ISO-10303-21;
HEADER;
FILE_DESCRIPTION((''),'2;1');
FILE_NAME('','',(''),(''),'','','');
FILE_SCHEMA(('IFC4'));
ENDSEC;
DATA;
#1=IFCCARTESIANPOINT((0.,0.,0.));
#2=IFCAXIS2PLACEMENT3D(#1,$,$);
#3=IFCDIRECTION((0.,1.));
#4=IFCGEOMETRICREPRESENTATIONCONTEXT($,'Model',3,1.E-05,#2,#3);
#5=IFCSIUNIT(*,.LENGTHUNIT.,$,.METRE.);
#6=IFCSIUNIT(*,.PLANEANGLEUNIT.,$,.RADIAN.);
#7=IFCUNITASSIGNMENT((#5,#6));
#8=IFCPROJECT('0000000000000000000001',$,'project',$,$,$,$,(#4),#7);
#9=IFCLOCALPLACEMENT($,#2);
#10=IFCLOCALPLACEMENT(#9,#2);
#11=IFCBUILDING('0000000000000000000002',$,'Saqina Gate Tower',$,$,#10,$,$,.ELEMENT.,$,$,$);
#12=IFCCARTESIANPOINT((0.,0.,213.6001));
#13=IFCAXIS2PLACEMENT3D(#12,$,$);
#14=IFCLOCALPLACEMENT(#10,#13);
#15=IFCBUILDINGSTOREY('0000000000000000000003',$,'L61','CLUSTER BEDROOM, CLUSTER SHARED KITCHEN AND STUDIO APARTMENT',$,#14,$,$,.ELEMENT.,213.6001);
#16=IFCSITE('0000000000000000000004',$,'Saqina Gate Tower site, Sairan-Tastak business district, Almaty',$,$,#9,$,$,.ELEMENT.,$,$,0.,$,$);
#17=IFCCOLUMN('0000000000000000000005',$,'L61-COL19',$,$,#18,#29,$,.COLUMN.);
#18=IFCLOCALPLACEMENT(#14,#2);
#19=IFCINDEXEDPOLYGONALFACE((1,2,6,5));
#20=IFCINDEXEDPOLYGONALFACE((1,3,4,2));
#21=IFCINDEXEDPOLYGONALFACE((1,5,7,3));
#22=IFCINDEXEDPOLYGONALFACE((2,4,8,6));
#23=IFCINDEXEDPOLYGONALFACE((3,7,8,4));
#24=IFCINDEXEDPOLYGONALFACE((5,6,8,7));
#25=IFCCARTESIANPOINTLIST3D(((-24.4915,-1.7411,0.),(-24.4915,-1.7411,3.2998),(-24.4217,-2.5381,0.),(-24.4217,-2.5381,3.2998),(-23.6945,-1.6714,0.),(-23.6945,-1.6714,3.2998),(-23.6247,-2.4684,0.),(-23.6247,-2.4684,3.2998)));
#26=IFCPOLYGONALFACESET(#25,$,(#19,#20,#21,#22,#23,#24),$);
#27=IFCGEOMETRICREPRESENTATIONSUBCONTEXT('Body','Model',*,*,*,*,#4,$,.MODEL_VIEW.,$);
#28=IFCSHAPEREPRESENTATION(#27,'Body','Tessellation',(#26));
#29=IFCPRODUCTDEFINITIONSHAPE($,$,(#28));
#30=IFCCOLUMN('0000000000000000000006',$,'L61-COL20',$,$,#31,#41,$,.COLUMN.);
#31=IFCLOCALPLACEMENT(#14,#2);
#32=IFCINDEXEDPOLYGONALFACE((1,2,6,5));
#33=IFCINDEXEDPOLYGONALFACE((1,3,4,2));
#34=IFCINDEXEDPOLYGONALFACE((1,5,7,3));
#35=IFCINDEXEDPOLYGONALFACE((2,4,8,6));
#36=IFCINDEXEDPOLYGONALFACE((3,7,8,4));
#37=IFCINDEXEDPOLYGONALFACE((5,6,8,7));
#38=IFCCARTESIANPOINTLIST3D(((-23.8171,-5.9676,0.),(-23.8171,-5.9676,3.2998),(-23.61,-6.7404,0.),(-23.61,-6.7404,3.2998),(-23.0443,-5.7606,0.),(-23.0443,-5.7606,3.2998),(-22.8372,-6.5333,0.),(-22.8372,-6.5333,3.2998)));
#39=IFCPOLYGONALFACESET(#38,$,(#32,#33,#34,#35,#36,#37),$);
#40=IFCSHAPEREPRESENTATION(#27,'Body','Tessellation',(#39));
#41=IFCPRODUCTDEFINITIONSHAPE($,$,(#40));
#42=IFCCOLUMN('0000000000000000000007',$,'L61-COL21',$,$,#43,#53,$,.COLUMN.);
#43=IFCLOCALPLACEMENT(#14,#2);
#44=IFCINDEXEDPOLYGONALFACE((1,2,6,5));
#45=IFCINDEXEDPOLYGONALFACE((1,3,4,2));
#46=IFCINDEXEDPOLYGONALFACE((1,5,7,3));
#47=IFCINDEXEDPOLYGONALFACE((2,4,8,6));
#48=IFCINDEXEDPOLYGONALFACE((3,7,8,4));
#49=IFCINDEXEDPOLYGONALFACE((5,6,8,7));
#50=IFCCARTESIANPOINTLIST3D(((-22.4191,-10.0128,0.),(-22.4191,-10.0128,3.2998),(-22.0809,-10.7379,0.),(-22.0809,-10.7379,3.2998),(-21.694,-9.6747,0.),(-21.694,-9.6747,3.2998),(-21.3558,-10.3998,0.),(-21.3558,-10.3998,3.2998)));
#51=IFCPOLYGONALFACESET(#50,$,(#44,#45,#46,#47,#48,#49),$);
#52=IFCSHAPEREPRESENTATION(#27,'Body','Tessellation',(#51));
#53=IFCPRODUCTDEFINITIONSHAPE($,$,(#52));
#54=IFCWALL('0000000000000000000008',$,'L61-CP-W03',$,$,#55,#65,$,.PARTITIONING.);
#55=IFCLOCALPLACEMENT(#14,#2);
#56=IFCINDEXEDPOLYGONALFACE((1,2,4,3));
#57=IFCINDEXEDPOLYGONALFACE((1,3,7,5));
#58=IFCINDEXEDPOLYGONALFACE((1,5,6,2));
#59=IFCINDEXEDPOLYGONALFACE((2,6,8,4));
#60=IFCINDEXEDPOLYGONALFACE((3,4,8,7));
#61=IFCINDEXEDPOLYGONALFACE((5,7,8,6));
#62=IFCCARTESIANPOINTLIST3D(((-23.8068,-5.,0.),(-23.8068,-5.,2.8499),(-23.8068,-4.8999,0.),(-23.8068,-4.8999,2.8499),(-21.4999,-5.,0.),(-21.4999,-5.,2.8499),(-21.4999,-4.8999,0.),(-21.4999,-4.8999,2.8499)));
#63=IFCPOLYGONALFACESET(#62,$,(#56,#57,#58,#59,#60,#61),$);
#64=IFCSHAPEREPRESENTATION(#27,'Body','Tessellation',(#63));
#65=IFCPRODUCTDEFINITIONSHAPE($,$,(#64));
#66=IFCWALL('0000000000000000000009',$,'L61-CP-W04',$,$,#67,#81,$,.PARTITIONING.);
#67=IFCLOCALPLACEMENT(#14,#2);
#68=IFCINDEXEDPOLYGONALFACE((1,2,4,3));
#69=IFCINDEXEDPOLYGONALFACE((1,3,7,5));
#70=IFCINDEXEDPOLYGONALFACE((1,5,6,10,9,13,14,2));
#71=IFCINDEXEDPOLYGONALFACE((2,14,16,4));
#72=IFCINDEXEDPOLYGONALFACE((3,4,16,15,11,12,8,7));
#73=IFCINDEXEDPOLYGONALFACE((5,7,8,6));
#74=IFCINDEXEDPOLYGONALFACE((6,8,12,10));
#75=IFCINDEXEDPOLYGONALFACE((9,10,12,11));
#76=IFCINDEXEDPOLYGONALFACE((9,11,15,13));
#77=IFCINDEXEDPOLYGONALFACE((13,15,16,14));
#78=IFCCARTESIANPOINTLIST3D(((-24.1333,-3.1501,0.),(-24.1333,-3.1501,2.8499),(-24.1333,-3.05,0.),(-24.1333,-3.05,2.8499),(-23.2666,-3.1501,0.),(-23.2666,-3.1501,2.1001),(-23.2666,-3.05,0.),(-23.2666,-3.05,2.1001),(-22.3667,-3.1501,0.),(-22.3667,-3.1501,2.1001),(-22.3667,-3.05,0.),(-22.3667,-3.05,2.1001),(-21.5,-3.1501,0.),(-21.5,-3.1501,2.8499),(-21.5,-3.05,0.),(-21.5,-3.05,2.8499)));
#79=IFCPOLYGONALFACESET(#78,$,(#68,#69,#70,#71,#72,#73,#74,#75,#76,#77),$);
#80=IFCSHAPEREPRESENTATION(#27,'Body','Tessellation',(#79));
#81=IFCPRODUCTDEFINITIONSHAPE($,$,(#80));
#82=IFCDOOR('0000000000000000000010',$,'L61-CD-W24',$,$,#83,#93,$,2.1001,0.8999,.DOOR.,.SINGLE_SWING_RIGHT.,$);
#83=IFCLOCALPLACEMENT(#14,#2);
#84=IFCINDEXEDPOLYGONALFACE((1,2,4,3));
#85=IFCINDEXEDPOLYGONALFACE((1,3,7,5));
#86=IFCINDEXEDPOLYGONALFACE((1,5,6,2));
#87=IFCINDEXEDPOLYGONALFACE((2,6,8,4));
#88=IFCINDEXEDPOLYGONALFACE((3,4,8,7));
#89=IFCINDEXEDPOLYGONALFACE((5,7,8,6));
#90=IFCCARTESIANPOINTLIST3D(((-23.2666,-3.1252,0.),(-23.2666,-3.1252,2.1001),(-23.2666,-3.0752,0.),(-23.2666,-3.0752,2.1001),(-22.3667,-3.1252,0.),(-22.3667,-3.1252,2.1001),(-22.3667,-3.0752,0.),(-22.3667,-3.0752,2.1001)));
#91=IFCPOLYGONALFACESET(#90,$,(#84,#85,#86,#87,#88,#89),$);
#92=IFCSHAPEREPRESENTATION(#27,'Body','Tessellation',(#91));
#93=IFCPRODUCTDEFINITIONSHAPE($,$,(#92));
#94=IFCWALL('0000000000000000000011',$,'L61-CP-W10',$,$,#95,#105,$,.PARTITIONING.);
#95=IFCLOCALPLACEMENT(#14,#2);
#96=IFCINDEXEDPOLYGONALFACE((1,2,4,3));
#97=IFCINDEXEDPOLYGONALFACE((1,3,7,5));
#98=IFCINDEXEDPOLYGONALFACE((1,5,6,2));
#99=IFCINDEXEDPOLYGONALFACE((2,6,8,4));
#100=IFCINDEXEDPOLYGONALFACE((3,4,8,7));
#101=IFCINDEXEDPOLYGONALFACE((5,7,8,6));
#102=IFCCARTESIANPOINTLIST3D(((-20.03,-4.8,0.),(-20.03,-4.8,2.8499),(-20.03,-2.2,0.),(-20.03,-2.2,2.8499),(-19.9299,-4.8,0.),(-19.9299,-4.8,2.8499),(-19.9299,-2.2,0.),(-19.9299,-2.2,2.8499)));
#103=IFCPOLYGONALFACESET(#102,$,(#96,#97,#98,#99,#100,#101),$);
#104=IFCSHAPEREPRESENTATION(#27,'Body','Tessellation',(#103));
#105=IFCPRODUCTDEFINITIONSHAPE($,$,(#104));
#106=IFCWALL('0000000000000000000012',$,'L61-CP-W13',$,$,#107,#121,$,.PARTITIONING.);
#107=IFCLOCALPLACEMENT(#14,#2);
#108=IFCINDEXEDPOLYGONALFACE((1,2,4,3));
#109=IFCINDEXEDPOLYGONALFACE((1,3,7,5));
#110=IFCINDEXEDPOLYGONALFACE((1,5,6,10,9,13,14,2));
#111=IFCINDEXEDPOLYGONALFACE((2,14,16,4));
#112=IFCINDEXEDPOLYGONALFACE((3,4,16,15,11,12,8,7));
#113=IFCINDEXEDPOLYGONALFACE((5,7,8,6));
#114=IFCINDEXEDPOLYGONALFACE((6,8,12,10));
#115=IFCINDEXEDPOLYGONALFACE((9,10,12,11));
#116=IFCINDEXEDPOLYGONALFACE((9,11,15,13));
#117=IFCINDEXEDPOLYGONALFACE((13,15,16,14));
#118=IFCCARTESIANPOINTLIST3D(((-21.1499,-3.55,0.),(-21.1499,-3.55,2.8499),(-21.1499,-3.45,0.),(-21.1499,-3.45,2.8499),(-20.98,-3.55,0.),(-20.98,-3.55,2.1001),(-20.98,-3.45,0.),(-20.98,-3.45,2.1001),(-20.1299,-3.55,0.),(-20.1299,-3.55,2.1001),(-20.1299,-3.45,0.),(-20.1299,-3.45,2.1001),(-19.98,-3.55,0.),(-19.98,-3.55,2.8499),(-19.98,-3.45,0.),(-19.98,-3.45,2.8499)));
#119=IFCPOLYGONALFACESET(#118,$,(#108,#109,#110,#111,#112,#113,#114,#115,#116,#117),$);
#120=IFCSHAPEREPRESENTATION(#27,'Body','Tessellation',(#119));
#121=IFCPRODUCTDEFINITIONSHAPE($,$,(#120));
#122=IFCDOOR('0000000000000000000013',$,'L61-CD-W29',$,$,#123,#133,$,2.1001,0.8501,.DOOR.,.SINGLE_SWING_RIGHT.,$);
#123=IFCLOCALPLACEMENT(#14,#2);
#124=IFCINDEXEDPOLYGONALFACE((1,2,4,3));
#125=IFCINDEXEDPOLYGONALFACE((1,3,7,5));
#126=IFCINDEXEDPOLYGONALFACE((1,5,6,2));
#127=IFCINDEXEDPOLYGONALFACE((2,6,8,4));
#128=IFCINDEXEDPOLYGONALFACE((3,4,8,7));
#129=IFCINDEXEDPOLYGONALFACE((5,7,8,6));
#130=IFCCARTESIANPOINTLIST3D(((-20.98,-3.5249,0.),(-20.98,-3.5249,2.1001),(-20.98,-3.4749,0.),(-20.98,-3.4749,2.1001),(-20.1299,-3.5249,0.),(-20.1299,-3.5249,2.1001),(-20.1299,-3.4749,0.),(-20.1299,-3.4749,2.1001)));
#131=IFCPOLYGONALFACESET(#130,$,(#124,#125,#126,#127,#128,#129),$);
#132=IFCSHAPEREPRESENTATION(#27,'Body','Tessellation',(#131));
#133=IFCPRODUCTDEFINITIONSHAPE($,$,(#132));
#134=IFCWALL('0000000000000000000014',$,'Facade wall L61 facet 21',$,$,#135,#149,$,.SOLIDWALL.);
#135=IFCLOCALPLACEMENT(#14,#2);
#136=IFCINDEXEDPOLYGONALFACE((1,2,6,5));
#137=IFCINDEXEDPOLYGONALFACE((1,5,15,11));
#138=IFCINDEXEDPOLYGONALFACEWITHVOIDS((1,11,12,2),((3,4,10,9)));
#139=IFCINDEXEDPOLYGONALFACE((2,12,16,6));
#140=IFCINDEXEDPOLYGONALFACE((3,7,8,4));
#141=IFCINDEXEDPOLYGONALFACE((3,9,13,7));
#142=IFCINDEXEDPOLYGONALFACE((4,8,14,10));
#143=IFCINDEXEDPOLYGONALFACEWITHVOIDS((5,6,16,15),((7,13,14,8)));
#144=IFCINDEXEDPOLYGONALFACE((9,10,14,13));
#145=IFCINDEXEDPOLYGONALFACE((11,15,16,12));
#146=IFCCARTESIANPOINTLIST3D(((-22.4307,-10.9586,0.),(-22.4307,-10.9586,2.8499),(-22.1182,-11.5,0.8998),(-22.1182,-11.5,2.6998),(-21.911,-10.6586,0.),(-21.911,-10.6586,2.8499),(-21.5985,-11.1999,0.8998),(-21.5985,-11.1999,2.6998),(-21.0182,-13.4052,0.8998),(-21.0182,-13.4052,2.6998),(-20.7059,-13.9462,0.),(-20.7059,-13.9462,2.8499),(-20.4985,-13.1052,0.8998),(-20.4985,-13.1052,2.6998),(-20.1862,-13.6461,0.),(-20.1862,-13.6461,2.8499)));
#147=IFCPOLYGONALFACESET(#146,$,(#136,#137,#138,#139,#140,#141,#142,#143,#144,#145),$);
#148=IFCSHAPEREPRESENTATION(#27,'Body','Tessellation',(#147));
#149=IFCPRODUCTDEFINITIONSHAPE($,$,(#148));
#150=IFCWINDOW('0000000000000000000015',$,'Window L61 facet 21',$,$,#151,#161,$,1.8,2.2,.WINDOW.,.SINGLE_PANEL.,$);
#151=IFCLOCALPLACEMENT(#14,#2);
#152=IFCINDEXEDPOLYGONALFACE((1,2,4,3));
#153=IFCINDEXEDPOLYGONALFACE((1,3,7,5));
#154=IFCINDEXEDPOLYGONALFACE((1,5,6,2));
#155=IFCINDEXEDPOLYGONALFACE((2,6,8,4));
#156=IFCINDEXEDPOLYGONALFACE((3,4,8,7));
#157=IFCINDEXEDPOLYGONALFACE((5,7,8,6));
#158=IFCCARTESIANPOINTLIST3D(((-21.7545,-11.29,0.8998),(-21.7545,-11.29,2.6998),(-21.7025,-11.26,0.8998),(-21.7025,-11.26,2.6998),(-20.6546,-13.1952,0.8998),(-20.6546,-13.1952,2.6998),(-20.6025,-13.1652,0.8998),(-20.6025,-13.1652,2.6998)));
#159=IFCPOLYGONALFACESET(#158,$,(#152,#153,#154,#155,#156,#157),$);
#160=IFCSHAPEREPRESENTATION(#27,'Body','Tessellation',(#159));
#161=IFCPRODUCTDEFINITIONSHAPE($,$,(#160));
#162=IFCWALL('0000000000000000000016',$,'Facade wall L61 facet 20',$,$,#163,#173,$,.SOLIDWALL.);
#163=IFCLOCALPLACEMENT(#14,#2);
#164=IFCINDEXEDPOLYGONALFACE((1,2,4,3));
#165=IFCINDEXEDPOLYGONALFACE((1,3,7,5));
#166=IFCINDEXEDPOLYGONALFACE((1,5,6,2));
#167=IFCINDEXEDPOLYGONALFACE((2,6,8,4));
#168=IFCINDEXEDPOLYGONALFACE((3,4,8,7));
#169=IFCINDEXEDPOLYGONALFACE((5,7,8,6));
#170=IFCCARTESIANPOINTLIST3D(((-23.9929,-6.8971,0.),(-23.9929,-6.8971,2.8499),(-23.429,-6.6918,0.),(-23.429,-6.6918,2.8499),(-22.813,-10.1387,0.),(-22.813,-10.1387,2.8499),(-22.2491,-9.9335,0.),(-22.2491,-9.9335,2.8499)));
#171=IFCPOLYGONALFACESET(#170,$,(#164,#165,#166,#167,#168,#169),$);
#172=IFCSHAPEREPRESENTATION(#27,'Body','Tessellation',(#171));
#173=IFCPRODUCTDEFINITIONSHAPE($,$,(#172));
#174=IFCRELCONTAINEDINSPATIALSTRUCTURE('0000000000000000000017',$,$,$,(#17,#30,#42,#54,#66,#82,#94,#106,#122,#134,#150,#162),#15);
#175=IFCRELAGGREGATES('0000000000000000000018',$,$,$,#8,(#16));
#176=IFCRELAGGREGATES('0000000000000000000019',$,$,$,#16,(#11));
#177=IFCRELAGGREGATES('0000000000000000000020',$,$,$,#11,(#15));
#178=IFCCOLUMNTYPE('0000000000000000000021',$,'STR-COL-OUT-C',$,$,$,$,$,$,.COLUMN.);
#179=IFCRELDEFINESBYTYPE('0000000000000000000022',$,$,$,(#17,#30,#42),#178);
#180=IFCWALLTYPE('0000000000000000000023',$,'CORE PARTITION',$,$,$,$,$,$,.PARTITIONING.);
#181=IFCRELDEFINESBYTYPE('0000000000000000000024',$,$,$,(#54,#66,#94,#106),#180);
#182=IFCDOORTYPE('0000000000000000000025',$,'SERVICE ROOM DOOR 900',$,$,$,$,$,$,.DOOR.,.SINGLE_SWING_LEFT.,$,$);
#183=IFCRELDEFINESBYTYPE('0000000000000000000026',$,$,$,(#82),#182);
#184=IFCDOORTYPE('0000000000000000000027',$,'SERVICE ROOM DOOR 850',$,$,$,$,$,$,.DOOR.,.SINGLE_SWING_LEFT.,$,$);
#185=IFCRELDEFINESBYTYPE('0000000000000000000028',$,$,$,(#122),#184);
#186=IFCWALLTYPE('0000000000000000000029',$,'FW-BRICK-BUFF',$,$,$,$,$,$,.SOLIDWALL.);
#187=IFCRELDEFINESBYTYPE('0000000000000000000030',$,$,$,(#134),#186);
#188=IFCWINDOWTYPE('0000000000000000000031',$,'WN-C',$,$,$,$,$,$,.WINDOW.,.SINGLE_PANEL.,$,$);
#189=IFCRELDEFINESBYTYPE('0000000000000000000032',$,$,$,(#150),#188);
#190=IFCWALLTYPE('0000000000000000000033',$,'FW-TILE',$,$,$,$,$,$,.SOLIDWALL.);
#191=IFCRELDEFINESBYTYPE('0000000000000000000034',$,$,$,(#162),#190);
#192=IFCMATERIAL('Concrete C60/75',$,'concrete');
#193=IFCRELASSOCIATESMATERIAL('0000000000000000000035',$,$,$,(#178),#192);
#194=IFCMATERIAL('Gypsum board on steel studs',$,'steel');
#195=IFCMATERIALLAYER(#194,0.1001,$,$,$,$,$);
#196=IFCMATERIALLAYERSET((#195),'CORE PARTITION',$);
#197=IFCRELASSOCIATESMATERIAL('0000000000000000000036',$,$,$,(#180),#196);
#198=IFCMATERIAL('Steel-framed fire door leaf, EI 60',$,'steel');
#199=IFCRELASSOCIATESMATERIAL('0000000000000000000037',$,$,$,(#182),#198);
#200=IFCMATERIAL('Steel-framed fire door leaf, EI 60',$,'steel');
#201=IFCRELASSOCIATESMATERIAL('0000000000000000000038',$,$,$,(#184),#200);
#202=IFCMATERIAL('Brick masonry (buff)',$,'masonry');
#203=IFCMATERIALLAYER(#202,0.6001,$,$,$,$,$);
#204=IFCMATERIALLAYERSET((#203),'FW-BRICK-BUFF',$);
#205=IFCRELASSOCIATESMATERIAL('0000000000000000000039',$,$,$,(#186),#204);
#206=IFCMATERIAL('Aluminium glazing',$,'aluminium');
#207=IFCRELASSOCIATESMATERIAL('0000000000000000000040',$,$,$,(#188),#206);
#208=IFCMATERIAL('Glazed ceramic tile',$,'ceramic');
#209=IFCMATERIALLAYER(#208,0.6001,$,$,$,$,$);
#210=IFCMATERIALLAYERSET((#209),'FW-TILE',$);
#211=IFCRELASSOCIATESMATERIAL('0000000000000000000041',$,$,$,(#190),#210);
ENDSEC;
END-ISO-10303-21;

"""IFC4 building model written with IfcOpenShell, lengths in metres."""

from ifc_helpers import new_model, si_unit, direction, frame, frame_2d, origin, origin_2d, place, context, subcontext, project, spatial, rectangle, extrude, material, layer, layer_set, material_profile, profile_set, type_object, element, fill, save


model = new_model("IFC4")

# Units and contexts
model_context = context("Model", 3, precision=1e-05, world=origin(), true_north=direction((0.0, 1.0)))
body_context = subcontext(model_context, "Body", "Model", "MODEL_VIEW")
ifc_project = project(units=[si_unit("LENGTHUNIT", "METRE"), si_unit("PLANEANGLEUNIT", "RADIAN")], contexts=[model_context])

# Site, building, storey
site_placement = place(None, origin())
site = spatial("IfcSite", under=ifc_project, at=site_placement, Name="Saqina Gate Tower site, Sairan-Tastak business district, Almaty", CompositionType="ELEMENT", RefElevation=0.0)
building_placement = place(site_placement, origin())
building = spatial("IfcBuilding", under=site, at=building_placement, Name="Saqina Gate Tower", CompositionType="ELEMENT")
storey_placement = place(building_placement, frame((0.0, 0.0, 213.6001)))
storey = spatial("IfcBuildingStorey", under=building, at=storey_placement, Name="L61", Description="CLUSTER BEDROOM, CLUSTER SHARED KITCHEN AND STUDIO APARTMENT", CompositionType="ELEMENT", Elevation=213.6001)

# Columns
ifc_material_1 = material(Name="Concrete C60/75", Category="concrete")
ifc_material_profile = material_profile(ifc_material_1, rectangle(XDim=0.8, YDim=0.8, at=origin_2d()), Name="RC 800x800")
ifc_profile_set = profile_set([ifc_material_profile], Name="Concrete C60/75")
column_type = type_object("IfcColumnType", Name="STR-COL-OUT-C", PredefinedType="COLUMN", material=ifc_profile_set)
for number, where, z_axis, x_axis, name in (
    (1, (-24.0581, -2.1047, 0.0), (0.0, 0.0, 1.0), (-0.996195, -0.087156, 0.0), "L61-COL19"),
    (2, (-23.3271, -6.2505, 0.0), (0.0, 0.0, 1.0), (-0.965926, -0.258819, 0.0), "L61-COL20"),
    (3, (-21.8875, -10.2063, 0.0), (0.0, 0.0, 1.0), (-0.906308, -0.422618, 0.0), "L61-COL21"),
):
    element("IfcColumn", number, at=place(storey_placement, frame(where, z_axis=z_axis, x_axis=x_axis)), inside=storey, type_object=column_type, Name=name, PredefinedType="COLUMN", context=body_context, shape_type="SweptSolid", body=[
        extrude(rectangle(XDim=0.8, YDim=0.8, at=origin_2d()), origin(), (0.0, 0.0, 1.0), 3.2998),
    ])

# Wall
ifc_material_2 = material(Name="Gypsum board on steel studs", Category="steel")
ifc_layer_1 = layer(ifc_material_2, 0.1001)
ifc_layer_set_1 = layer_set([ifc_layer_1], Name="CORE PARTITION")
wall_type_1 = type_object("IfcWallType", Name="CORE PARTITION", PredefinedType="PARTITIONING", material=ifc_layer_set_1)
wall_1_placement = place(storey_placement, frame((-21.5, -4.95, 0.0), z_axis=(0.0, 0.0, 1.0), x_axis=(-1.0, 0.0, 0.0)))
element("IfcWall", 4, at=wall_1_placement, inside=storey, type_object=wall_type_1, Name="L61-CP-W03", PredefinedType="PARTITIONING", context=body_context, shape_type="SweptSolid", body=[
    extrude(rectangle(XDim=2.3069, YDim=0.1001, at=frame_2d((1.1533, 0.0))), origin(), (0.0, 0.0, 1.0), 2.8499),
])

# Wall, opening, door
wall_2_placement = place(storey_placement, frame((-21.5, -3.1001, 0.0), z_axis=(0.0, 0.0, 1.0), x_axis=(-1.0, 0.0, 0.0)))
wall_2 = element("IfcWall", 5, at=wall_2_placement, inside=storey, type_object=wall_type_1, Name="L61-CP-W04", PredefinedType="PARTITIONING", context=body_context, shape_type="SweptSolid", body=[
    extrude(rectangle(XDim=2.6333, YDim=0.1001, at=frame_2d((1.3167, 0.0))), origin(), (0.0, 0.0, 1.0), 2.8499),
])
opening_1_placement = place(wall_2_placement, frame((0.8667, 0.0, 0.0)))
opening_1 = element("IfcOpeningElement", 6, at=opening_1_placement, cuts=wall_2, PredefinedType="OPENING", context=body_context, shape_type="SweptSolid", body=[
    extrude(rectangle(XDim=0.8999, YDim=2.1001, at=frame_2d((0.45, 1.05))), frame((0.0, 0.062, 0.0), z_axis=(0.0, -1.0, 0.0), x_axis=(1.0, 0.0, 0.0)), (0.0, 0.0, 1.0), 0.124),
])
ifc_material_3 = material(Name="Steel-framed fire door leaf, EI 60", Category="steel")
door_type_1 = type_object("IfcDoorType", Name="SERVICE ROOM DOOR 900", OperationType="SINGLE_SWING_LEFT", PredefinedType="DOOR", material=ifc_material_3)
door_1_placement = place(opening_1_placement, frame((0.8999, 0.0, 0.0), z_axis=(0.0, 0.0, 1.0), x_axis=(-1.0, 0.0, 0.0)))
door_1 = element("IfcDoor", 7, at=door_1_placement, inside=storey, type_object=door_type_1, Name="L61-CD-W24", OperationType="SINGLE_SWING_RIGHT", OverallHeight=2.1001, OverallWidth=0.8999, PredefinedType="DOOR", context=body_context, shape_type="SweptSolid", body=[
    extrude(rectangle(XDim=0.8999, YDim=2.1001, at=frame_2d((0.45, 1.05))), frame((0.0, 0.0249, 0.0), z_axis=(0.0, -1.0, 0.0), x_axis=(1.0, 0.0, 0.0)), (0.0, 0.0, 1.0), 0.05),
])
fill(opening_1, door_1)

# Wall
wall_3_placement = place(storey_placement, frame((-19.98, -4.8, 0.0), z_axis=(0.0, 0.0, 1.0), x_axis=(0.0, 1.0, 0.0)))
element("IfcWall", 8, at=wall_3_placement, inside=storey, type_object=wall_type_1, Name="L61-CP-W10", PredefinedType="PARTITIONING", context=body_context, shape_type="SweptSolid", body=[
    extrude(rectangle(XDim=2.6001, YDim=0.1001, at=frame_2d((1.3, 0.0))), origin(), (0.0, 0.0, 1.0), 2.8499),
])

# Wall, opening, door
wall_4_placement = place(storey_placement, frame((-19.98, -3.5, 0.0), z_axis=(0.0, 0.0, 1.0), x_axis=(-1.0, 0.0, 0.0)))
wall_4 = element("IfcWall", 9, at=wall_4_placement, inside=storey, type_object=wall_type_1, Name="L61-CP-W13", PredefinedType="PARTITIONING", context=body_context, shape_type="SweptSolid", body=[
    extrude(rectangle(XDim=1.1699, YDim=0.1001, at=frame_2d((0.585, 0.0))), origin(), (0.0, 0.0, 1.0), 2.8499),
])
opening_2_placement = place(wall_4_placement, frame((0.1499, 0.0, 0.0)))
opening_2 = element("IfcOpeningElement", 10, at=opening_2_placement, cuts=wall_4, PredefinedType="OPENING", context=body_context, shape_type="SweptSolid", body=[
    extrude(rectangle(XDim=0.8501, YDim=2.1001, at=frame_2d((0.425, 1.05))), frame((0.0, 0.062, 0.0), z_axis=(0.0, -1.0, 0.0), x_axis=(1.0, 0.0, 0.0)), (0.0, 0.0, 1.0), 0.124),
])
ifc_material_4 = material(Name="Steel-framed fire door leaf, EI 60", Category="steel")
door_type_2 = type_object("IfcDoorType", Name="SERVICE ROOM DOOR 850", OperationType="SINGLE_SWING_LEFT", PredefinedType="DOOR", material=ifc_material_4)
door_2_placement = place(opening_2_placement, origin())
door_2 = element("IfcDoor", 11, at=door_2_placement, inside=storey, type_object=door_type_2, Name="L61-CD-W29", OperationType="SINGLE_SWING_RIGHT", OverallHeight=2.1001, OverallWidth=0.8501, PredefinedType="DOOR", context=body_context, shape_type="SweptSolid", body=[
    extrude(rectangle(XDim=0.8501, YDim=2.1001, at=frame_2d((0.425, 1.05))), frame((0.0, 0.0249, 0.0), z_axis=(0.0, -1.0, 0.0), x_axis=(1.0, 0.0, 0.0)), (0.0, 0.0, 1.0), 0.05),
])
fill(opening_2, door_2)

# Wall, opening, window
ifc_material_5 = material(Name="Brick masonry (buff)", Category="masonry")
ifc_layer_2 = layer(ifc_material_5, 0.6001)
ifc_layer_set_2 = layer_set([ifc_layer_2], Name="FW-BRICK-BUFF")
wall_type_2 = type_object("IfcWallType", Name="FW-BRICK-BUFF", PredefinedType="SOLIDWALL", material=ifc_layer_set_2)
wall_5_placement = place(storey_placement, frame((-22.1709, -10.8086, 0.0), z_axis=(0.0, 0.0, 1.0), x_axis=(0.499998, -0.866026, 0.0)))
wall_5 = element("IfcWall", 12, at=wall_5_placement, inside=storey, type_object=wall_type_2, Name="Facade wall L61 facet 21", PredefinedType="SOLIDWALL", context=body_context, shape_type="SweptSolid", body=[
    extrude(rectangle(XDim=3.4497, YDim=0.6001, at=frame_2d((1.7249, 0.0))), origin(), (0.0, 0.0, 1.0), 2.8499),
])
opening_3_placement = place(wall_5_placement, frame((0.625, 0.0, 0.8999)))
opening_3 = element("IfcOpeningElement", 13, at=opening_3_placement, cuts=wall_5, PredefinedType="OPENING", context=body_context, shape_type="SweptSolid", body=[
    extrude(rectangle(XDim=2.2, YDim=1.8, at=frame_2d((1.1001, 0.8999))), frame((0.0, 0.312, 0.0), z_axis=(0.0, -1.0, 0.0), x_axis=(1.0, 0.0, 0.0)), (0.0, 0.0, 1.0), 0.624),
])
ifc_material_6 = material(Name="Aluminium glazing", Category="aluminium")
window_type = type_object("IfcWindowType", Name="WN-C", PartitioningType="SINGLE_PANEL", PredefinedType="WINDOW", material=ifc_material_6)
window_placement = place(opening_3_placement, origin())
window = element("IfcWindow", 14, at=window_placement, inside=storey, type_object=window_type, Name="Window L61 facet 21", OverallHeight=1.8, OverallWidth=2.2, PartitioningType="SINGLE_PANEL", PredefinedType="WINDOW", context=body_context, shape_type="SweptSolid", body=[
    extrude(rectangle(XDim=2.2, YDim=1.8, at=frame_2d((1.1001, 0.8999))), frame((0.0, 0.1799, 0.0), z_axis=(0.0, -1.0, 0.0), x_axis=(1.0, 0.0, 0.0)), (0.0, 0.0, 1.0), 0.0601),
])
fill(opening_3, window)

# Wall
ifc_material_7 = material(Name="Glazed ceramic tile", Category="ceramic")
ifc_layer_3 = layer(ifc_material_7, 0.6001)
ifc_layer_set_3 = layer_set([ifc_layer_3], Name="FW-TILE")
wall_type_3 = type_object("IfcWallType", Name="FW-TILE", PredefinedType="SOLIDWALL", material=ifc_layer_set_3)
wall_6_placement = place(storey_placement, frame((-23.7109, -6.7944, 0.0), z_axis=(0.0, 0.0, 1.0), x_axis=(0.342033, -0.939688, 0.0)))
element("IfcWall", 15, at=wall_6_placement, inside=storey, type_object=wall_type_3, Name="Facade wall L61 facet 20", PredefinedType="SOLIDWALL", context=body_context, shape_type="SweptSolid", body=[
    extrude(rectangle(XDim=3.4497, YDim=0.6001, at=frame_2d((1.7249, 0.0))), origin(), (0.0, 0.0, 1.0), 2.8499),
])

save(model, "model.ifc")
